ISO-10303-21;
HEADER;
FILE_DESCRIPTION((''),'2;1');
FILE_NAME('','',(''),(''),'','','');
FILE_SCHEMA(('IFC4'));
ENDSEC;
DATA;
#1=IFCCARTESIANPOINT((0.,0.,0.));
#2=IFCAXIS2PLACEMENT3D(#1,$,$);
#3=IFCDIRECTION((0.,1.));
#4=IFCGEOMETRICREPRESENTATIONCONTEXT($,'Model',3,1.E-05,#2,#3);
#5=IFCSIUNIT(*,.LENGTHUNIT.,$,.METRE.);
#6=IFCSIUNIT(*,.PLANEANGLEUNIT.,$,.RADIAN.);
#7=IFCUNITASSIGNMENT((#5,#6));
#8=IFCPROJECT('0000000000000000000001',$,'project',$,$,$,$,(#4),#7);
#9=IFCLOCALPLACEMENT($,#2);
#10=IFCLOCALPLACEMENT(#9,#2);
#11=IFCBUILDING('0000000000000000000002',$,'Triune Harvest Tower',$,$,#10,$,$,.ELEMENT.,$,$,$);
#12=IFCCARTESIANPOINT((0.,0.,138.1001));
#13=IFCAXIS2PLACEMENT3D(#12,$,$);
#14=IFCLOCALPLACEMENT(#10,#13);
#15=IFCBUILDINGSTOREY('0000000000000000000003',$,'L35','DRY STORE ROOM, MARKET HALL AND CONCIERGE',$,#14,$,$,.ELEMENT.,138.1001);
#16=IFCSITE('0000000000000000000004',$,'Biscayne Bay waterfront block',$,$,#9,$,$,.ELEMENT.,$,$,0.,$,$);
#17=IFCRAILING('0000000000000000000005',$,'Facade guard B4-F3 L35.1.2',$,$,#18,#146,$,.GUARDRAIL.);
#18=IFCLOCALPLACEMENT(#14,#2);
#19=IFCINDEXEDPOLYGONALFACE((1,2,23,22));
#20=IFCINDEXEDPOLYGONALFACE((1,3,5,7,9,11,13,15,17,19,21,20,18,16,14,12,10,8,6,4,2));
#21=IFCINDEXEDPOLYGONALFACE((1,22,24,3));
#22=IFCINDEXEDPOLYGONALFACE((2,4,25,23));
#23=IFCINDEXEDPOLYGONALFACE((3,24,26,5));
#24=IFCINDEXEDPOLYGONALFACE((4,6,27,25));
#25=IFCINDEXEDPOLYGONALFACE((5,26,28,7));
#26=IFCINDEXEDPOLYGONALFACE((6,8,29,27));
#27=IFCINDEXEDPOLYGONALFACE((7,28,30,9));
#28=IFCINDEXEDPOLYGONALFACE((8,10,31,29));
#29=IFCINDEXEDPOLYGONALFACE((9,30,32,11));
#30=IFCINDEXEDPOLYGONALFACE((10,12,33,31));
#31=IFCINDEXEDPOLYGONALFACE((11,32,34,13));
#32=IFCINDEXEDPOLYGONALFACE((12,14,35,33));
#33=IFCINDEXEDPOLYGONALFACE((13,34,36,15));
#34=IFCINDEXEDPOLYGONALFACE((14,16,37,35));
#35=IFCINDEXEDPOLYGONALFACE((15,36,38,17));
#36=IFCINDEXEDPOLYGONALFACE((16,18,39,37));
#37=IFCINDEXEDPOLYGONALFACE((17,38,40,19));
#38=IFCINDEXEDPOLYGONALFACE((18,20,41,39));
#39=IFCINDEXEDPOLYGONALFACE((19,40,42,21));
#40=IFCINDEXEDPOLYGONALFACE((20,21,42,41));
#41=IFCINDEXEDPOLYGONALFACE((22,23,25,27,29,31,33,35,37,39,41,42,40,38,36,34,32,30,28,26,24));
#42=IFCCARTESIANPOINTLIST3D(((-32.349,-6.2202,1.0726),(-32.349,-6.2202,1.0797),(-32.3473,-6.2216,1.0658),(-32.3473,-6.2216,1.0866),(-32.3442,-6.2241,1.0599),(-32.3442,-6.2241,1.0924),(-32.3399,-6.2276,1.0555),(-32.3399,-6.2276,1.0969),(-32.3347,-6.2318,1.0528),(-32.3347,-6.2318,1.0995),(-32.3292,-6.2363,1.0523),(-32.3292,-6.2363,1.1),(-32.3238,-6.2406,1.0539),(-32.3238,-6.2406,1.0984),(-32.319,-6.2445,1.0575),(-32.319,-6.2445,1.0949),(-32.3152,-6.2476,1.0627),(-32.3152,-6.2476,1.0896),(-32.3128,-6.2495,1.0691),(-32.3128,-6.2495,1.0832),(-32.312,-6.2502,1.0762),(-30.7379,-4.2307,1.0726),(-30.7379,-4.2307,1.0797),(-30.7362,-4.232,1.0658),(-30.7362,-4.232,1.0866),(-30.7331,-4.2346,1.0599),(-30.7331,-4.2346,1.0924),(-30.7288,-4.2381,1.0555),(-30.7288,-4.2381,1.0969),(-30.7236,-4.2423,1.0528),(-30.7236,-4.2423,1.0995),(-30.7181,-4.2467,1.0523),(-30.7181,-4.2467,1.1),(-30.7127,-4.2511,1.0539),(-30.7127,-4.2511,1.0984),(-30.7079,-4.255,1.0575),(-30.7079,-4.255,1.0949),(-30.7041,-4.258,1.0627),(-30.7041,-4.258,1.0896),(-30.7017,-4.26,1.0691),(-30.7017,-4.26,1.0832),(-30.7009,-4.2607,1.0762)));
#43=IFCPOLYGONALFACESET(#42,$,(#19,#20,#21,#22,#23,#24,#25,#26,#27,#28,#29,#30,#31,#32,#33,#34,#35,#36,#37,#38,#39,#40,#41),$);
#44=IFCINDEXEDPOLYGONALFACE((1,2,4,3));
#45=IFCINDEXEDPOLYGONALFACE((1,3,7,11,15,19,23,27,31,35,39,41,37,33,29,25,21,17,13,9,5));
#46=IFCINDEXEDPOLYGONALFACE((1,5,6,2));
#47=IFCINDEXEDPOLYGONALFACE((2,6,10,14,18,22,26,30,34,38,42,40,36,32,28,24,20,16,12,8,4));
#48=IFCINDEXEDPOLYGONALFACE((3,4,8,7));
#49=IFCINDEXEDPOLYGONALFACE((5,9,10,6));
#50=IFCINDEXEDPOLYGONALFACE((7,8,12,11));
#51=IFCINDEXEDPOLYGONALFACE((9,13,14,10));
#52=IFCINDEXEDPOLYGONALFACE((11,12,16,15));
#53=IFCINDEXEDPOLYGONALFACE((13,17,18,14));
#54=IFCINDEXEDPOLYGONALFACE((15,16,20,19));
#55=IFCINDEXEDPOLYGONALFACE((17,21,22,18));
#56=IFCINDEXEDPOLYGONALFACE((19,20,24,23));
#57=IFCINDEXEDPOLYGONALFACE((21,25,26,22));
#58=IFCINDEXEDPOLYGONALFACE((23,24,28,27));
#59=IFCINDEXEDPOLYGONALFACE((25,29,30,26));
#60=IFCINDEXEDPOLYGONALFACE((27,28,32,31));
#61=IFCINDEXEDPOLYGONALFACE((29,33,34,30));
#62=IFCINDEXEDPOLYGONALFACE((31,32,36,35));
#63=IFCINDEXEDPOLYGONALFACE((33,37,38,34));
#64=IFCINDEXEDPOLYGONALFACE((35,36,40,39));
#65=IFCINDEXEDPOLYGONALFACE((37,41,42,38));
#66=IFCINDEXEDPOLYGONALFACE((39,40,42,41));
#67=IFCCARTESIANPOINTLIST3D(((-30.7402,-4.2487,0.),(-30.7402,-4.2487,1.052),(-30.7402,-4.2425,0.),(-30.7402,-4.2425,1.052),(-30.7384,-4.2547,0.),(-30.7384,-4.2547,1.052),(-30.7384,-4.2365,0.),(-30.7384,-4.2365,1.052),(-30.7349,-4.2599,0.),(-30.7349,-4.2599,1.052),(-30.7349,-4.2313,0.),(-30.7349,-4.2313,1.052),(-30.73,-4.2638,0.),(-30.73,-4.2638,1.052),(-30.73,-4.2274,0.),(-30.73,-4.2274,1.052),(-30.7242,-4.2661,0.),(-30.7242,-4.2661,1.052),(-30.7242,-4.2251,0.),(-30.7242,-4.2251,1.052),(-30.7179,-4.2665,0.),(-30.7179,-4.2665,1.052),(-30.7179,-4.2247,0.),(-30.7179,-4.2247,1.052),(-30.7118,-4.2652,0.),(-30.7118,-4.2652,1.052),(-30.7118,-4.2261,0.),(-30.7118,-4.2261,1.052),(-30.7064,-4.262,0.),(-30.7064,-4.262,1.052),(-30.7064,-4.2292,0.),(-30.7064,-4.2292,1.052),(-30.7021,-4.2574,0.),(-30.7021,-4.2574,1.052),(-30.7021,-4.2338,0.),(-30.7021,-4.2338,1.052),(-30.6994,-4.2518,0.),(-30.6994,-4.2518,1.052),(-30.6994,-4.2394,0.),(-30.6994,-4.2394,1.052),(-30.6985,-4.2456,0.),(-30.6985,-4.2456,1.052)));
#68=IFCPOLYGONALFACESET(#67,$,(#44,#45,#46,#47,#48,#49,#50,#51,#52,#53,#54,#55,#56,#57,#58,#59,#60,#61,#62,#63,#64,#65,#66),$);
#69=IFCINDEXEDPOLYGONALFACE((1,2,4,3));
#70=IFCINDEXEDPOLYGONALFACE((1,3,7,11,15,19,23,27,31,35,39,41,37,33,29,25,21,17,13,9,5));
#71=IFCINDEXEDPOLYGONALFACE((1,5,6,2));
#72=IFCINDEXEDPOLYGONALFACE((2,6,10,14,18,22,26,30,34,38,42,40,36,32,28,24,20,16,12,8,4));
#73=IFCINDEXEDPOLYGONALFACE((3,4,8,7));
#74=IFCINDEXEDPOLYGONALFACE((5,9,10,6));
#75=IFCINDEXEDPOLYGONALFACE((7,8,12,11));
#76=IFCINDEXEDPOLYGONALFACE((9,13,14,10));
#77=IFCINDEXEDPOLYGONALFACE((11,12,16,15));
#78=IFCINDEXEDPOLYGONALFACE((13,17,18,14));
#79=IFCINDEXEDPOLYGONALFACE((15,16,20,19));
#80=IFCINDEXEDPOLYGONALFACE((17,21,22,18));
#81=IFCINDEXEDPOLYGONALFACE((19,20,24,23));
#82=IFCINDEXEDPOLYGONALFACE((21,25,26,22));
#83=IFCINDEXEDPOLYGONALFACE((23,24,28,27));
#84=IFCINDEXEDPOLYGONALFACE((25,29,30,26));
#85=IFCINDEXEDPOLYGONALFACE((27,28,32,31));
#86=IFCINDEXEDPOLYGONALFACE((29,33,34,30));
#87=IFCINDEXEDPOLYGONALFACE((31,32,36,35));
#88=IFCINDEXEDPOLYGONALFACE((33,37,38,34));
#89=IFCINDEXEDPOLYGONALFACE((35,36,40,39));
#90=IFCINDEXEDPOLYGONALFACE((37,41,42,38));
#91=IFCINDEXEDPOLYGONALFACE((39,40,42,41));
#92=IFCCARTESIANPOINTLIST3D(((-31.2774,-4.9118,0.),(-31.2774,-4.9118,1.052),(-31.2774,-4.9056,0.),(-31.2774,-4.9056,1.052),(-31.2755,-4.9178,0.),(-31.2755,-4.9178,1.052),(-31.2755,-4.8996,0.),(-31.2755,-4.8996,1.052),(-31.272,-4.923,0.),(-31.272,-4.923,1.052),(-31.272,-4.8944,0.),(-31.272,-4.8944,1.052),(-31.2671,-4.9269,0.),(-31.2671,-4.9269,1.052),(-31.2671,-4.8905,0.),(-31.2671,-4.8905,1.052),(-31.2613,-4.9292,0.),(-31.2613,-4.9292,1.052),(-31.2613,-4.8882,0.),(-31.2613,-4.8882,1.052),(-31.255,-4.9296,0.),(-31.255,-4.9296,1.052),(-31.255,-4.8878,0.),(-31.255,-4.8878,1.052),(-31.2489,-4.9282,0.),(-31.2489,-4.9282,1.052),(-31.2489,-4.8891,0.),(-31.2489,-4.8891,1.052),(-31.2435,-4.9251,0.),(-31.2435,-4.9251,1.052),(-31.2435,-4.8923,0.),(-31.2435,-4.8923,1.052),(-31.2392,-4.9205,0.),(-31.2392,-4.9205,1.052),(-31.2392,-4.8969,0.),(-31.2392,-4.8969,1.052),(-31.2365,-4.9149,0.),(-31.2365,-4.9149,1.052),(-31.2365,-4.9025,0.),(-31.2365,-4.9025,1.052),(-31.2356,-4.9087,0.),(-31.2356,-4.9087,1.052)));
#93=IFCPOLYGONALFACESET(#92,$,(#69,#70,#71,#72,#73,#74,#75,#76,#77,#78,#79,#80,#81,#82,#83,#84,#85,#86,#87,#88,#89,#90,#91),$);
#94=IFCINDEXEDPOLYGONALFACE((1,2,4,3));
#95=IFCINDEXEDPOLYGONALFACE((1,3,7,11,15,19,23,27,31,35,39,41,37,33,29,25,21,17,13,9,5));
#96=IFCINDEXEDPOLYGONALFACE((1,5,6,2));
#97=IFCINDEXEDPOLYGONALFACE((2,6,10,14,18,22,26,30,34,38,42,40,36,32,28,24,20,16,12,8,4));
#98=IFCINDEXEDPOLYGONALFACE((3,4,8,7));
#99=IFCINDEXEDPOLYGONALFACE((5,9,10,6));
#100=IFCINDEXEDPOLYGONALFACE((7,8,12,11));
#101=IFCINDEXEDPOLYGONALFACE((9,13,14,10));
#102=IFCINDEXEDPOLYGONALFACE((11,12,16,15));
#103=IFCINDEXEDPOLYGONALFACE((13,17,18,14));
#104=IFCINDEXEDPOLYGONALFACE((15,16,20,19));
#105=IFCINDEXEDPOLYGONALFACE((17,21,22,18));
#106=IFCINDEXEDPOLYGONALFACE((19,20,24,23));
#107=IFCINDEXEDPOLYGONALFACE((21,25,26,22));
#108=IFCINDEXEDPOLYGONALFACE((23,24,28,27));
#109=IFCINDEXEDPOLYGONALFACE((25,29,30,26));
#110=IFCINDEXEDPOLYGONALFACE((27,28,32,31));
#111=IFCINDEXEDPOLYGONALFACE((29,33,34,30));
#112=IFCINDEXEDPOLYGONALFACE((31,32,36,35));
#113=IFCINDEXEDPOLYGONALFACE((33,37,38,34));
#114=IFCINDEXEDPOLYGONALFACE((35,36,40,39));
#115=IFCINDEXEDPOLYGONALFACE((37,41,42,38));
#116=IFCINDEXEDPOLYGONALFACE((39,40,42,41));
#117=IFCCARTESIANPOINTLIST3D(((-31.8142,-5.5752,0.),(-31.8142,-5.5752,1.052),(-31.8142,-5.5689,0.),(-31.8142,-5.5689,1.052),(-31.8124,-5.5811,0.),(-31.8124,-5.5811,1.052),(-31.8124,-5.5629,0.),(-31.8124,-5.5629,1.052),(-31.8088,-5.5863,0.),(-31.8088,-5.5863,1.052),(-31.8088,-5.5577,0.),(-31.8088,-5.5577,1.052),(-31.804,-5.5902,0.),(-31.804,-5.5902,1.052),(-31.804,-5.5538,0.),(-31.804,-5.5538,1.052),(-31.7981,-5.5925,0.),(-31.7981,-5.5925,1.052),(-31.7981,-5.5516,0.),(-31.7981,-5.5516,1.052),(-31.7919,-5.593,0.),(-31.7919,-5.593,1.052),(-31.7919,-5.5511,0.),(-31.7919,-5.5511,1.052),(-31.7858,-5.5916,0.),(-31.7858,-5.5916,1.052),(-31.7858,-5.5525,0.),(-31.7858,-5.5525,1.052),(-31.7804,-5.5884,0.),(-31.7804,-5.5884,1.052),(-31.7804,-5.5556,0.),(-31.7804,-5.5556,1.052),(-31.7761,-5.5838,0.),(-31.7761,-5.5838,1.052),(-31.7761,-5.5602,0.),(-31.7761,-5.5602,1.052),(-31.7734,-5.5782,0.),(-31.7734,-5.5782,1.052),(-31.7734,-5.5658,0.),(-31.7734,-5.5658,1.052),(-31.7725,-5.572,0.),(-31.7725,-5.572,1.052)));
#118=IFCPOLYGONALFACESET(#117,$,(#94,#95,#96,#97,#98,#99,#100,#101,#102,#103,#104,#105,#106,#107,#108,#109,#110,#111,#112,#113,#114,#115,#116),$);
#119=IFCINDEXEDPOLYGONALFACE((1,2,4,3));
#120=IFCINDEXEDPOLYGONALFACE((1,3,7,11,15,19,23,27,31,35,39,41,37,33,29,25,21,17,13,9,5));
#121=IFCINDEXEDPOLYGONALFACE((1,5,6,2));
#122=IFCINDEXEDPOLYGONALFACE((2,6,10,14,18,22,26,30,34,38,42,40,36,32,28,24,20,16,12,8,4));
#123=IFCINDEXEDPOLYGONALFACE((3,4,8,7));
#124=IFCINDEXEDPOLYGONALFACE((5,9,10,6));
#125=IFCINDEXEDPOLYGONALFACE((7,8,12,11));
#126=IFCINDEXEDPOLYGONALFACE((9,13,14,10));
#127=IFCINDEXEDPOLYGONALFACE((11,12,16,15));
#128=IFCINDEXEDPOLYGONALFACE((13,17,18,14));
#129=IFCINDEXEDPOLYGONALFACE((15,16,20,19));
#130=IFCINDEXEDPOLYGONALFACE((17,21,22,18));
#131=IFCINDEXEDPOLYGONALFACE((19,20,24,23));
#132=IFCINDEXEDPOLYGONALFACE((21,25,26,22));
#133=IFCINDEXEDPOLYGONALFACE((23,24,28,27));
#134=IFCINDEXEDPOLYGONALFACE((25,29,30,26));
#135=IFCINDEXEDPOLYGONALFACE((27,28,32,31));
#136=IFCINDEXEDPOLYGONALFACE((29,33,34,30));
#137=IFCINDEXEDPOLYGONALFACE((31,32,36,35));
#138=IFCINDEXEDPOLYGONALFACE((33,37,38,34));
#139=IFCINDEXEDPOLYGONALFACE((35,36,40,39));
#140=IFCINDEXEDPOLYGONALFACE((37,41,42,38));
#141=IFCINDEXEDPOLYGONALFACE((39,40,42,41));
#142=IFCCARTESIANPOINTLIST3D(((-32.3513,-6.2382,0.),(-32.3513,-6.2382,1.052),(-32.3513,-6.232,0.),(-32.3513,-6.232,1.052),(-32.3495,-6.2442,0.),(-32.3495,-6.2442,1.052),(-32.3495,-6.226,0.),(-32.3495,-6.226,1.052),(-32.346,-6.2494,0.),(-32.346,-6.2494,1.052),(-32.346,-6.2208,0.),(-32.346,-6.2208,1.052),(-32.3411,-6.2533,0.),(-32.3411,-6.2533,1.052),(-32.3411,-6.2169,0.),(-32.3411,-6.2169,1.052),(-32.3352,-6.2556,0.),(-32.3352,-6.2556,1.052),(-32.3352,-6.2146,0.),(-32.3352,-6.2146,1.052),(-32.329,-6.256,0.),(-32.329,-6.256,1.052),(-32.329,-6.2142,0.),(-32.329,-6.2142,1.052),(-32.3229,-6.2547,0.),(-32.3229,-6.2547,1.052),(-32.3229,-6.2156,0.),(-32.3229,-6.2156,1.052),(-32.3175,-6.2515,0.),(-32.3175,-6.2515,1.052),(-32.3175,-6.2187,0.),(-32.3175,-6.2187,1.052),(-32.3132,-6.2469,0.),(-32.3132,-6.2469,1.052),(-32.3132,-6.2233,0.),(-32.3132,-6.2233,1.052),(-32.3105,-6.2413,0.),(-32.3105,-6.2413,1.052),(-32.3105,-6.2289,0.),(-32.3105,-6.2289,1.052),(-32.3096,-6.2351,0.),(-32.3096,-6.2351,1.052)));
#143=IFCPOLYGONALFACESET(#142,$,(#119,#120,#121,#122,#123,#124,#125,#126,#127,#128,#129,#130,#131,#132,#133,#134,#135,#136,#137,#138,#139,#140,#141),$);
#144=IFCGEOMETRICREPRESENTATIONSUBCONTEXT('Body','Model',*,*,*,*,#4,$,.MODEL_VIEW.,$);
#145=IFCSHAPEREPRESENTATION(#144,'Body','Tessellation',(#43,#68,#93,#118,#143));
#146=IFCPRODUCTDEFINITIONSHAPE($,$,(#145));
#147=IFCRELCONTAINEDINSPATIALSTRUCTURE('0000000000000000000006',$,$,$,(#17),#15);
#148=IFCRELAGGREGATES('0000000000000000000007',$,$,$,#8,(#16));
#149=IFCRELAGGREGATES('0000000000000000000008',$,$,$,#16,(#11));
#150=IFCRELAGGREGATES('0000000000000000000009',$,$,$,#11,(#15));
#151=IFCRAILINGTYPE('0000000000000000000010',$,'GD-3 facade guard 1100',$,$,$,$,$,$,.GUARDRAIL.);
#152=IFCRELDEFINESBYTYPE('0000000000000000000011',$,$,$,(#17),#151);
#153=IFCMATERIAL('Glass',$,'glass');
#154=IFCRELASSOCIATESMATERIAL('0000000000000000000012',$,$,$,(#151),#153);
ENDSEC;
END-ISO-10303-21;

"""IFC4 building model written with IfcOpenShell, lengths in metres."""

from ifc_helpers import new_model, si_unit, direction, frame, origin, origin_2d, place, context, subcontext, project, spatial, circle, extrude, material, type_object, element, save


model = new_model("IFC4")

# Units and contexts
model_context = context("Model", 3, precision=1e-05, world=origin(), true_north=direction((0.0, 1.0)))
body_context = subcontext(model_context, "Body", "Model", "MODEL_VIEW")
ifc_project = project(units=[si_unit("LENGTHUNIT", "METRE"), si_unit("PLANEANGLEUNIT", "RADIAN")], contexts=[model_context])

# Site, building, storey
site_placement = place(None, origin())
site = spatial("IfcSite", under=ifc_project, at=site_placement, Name="Biscayne Bay waterfront block", CompositionType="ELEMENT", RefElevation=0.0)
building_placement = place(site_placement, origin())
building = spatial("IfcBuilding", under=site, at=building_placement, Name="Triune Harvest Tower", CompositionType="ELEMENT")
storey_placement = place(building_placement, frame((0.0, 0.0, 138.1001)))
storey = spatial("IfcBuildingStorey", under=building, at=storey_placement, Name="L35", Description="DRY STORE ROOM, MARKET HALL AND CONCIERGE", CompositionType="ELEMENT", Elevation=138.1001)

# Railing
ifc_material_1 = material(Name="Glass", Category="glass")
railing_type = type_object("IfcRailingType", Name="GD-3 facade guard 1100", PredefinedType="GUARDRAIL", material=ifc_material_1)
railing_placement = place(storey_placement, frame((-30.7195, -4.2456, 0.0)))
element("IfcRailing", 1, at=railing_placement, inside=storey, type_object=railing_type, Name="Facade guard B4-F3 L35.1.2", PredefinedType="GUARDRAIL", context=body_context, shape_type="SweptSolid", body=[
    extrude(circle(Radius=0.0239, at=origin_2d()), frame((0.0, 0.0, 1.0762), z_axis=(-0.629324, -0.777143, 0.0), x_axis=(0.777143, -0.629324, 0.0)), (0.0, 0.0, 1.0), 2.5601),
    extrude(circle(Radius=0.021, at=origin_2d()), origin(), (0.0, 0.0, 1.0), 1.052),
    extrude(circle(Radius=0.021, at=origin_2d()), frame((-0.5371, -0.6631, 0.0)), (0.0, 0.0, 1.0), 1.052),
    extrude(circle(Radius=0.021, at=origin_2d()), frame((-1.074, -1.3264, 0.0)), (0.0, 0.0, 1.0), 1.052),
    extrude(circle(Radius=0.021, at=origin_2d()), frame((-1.6111, -1.9895, 0.0)), (0.0, 0.0, 1.0), 1.052),
])

save(model, "model.ifc")
